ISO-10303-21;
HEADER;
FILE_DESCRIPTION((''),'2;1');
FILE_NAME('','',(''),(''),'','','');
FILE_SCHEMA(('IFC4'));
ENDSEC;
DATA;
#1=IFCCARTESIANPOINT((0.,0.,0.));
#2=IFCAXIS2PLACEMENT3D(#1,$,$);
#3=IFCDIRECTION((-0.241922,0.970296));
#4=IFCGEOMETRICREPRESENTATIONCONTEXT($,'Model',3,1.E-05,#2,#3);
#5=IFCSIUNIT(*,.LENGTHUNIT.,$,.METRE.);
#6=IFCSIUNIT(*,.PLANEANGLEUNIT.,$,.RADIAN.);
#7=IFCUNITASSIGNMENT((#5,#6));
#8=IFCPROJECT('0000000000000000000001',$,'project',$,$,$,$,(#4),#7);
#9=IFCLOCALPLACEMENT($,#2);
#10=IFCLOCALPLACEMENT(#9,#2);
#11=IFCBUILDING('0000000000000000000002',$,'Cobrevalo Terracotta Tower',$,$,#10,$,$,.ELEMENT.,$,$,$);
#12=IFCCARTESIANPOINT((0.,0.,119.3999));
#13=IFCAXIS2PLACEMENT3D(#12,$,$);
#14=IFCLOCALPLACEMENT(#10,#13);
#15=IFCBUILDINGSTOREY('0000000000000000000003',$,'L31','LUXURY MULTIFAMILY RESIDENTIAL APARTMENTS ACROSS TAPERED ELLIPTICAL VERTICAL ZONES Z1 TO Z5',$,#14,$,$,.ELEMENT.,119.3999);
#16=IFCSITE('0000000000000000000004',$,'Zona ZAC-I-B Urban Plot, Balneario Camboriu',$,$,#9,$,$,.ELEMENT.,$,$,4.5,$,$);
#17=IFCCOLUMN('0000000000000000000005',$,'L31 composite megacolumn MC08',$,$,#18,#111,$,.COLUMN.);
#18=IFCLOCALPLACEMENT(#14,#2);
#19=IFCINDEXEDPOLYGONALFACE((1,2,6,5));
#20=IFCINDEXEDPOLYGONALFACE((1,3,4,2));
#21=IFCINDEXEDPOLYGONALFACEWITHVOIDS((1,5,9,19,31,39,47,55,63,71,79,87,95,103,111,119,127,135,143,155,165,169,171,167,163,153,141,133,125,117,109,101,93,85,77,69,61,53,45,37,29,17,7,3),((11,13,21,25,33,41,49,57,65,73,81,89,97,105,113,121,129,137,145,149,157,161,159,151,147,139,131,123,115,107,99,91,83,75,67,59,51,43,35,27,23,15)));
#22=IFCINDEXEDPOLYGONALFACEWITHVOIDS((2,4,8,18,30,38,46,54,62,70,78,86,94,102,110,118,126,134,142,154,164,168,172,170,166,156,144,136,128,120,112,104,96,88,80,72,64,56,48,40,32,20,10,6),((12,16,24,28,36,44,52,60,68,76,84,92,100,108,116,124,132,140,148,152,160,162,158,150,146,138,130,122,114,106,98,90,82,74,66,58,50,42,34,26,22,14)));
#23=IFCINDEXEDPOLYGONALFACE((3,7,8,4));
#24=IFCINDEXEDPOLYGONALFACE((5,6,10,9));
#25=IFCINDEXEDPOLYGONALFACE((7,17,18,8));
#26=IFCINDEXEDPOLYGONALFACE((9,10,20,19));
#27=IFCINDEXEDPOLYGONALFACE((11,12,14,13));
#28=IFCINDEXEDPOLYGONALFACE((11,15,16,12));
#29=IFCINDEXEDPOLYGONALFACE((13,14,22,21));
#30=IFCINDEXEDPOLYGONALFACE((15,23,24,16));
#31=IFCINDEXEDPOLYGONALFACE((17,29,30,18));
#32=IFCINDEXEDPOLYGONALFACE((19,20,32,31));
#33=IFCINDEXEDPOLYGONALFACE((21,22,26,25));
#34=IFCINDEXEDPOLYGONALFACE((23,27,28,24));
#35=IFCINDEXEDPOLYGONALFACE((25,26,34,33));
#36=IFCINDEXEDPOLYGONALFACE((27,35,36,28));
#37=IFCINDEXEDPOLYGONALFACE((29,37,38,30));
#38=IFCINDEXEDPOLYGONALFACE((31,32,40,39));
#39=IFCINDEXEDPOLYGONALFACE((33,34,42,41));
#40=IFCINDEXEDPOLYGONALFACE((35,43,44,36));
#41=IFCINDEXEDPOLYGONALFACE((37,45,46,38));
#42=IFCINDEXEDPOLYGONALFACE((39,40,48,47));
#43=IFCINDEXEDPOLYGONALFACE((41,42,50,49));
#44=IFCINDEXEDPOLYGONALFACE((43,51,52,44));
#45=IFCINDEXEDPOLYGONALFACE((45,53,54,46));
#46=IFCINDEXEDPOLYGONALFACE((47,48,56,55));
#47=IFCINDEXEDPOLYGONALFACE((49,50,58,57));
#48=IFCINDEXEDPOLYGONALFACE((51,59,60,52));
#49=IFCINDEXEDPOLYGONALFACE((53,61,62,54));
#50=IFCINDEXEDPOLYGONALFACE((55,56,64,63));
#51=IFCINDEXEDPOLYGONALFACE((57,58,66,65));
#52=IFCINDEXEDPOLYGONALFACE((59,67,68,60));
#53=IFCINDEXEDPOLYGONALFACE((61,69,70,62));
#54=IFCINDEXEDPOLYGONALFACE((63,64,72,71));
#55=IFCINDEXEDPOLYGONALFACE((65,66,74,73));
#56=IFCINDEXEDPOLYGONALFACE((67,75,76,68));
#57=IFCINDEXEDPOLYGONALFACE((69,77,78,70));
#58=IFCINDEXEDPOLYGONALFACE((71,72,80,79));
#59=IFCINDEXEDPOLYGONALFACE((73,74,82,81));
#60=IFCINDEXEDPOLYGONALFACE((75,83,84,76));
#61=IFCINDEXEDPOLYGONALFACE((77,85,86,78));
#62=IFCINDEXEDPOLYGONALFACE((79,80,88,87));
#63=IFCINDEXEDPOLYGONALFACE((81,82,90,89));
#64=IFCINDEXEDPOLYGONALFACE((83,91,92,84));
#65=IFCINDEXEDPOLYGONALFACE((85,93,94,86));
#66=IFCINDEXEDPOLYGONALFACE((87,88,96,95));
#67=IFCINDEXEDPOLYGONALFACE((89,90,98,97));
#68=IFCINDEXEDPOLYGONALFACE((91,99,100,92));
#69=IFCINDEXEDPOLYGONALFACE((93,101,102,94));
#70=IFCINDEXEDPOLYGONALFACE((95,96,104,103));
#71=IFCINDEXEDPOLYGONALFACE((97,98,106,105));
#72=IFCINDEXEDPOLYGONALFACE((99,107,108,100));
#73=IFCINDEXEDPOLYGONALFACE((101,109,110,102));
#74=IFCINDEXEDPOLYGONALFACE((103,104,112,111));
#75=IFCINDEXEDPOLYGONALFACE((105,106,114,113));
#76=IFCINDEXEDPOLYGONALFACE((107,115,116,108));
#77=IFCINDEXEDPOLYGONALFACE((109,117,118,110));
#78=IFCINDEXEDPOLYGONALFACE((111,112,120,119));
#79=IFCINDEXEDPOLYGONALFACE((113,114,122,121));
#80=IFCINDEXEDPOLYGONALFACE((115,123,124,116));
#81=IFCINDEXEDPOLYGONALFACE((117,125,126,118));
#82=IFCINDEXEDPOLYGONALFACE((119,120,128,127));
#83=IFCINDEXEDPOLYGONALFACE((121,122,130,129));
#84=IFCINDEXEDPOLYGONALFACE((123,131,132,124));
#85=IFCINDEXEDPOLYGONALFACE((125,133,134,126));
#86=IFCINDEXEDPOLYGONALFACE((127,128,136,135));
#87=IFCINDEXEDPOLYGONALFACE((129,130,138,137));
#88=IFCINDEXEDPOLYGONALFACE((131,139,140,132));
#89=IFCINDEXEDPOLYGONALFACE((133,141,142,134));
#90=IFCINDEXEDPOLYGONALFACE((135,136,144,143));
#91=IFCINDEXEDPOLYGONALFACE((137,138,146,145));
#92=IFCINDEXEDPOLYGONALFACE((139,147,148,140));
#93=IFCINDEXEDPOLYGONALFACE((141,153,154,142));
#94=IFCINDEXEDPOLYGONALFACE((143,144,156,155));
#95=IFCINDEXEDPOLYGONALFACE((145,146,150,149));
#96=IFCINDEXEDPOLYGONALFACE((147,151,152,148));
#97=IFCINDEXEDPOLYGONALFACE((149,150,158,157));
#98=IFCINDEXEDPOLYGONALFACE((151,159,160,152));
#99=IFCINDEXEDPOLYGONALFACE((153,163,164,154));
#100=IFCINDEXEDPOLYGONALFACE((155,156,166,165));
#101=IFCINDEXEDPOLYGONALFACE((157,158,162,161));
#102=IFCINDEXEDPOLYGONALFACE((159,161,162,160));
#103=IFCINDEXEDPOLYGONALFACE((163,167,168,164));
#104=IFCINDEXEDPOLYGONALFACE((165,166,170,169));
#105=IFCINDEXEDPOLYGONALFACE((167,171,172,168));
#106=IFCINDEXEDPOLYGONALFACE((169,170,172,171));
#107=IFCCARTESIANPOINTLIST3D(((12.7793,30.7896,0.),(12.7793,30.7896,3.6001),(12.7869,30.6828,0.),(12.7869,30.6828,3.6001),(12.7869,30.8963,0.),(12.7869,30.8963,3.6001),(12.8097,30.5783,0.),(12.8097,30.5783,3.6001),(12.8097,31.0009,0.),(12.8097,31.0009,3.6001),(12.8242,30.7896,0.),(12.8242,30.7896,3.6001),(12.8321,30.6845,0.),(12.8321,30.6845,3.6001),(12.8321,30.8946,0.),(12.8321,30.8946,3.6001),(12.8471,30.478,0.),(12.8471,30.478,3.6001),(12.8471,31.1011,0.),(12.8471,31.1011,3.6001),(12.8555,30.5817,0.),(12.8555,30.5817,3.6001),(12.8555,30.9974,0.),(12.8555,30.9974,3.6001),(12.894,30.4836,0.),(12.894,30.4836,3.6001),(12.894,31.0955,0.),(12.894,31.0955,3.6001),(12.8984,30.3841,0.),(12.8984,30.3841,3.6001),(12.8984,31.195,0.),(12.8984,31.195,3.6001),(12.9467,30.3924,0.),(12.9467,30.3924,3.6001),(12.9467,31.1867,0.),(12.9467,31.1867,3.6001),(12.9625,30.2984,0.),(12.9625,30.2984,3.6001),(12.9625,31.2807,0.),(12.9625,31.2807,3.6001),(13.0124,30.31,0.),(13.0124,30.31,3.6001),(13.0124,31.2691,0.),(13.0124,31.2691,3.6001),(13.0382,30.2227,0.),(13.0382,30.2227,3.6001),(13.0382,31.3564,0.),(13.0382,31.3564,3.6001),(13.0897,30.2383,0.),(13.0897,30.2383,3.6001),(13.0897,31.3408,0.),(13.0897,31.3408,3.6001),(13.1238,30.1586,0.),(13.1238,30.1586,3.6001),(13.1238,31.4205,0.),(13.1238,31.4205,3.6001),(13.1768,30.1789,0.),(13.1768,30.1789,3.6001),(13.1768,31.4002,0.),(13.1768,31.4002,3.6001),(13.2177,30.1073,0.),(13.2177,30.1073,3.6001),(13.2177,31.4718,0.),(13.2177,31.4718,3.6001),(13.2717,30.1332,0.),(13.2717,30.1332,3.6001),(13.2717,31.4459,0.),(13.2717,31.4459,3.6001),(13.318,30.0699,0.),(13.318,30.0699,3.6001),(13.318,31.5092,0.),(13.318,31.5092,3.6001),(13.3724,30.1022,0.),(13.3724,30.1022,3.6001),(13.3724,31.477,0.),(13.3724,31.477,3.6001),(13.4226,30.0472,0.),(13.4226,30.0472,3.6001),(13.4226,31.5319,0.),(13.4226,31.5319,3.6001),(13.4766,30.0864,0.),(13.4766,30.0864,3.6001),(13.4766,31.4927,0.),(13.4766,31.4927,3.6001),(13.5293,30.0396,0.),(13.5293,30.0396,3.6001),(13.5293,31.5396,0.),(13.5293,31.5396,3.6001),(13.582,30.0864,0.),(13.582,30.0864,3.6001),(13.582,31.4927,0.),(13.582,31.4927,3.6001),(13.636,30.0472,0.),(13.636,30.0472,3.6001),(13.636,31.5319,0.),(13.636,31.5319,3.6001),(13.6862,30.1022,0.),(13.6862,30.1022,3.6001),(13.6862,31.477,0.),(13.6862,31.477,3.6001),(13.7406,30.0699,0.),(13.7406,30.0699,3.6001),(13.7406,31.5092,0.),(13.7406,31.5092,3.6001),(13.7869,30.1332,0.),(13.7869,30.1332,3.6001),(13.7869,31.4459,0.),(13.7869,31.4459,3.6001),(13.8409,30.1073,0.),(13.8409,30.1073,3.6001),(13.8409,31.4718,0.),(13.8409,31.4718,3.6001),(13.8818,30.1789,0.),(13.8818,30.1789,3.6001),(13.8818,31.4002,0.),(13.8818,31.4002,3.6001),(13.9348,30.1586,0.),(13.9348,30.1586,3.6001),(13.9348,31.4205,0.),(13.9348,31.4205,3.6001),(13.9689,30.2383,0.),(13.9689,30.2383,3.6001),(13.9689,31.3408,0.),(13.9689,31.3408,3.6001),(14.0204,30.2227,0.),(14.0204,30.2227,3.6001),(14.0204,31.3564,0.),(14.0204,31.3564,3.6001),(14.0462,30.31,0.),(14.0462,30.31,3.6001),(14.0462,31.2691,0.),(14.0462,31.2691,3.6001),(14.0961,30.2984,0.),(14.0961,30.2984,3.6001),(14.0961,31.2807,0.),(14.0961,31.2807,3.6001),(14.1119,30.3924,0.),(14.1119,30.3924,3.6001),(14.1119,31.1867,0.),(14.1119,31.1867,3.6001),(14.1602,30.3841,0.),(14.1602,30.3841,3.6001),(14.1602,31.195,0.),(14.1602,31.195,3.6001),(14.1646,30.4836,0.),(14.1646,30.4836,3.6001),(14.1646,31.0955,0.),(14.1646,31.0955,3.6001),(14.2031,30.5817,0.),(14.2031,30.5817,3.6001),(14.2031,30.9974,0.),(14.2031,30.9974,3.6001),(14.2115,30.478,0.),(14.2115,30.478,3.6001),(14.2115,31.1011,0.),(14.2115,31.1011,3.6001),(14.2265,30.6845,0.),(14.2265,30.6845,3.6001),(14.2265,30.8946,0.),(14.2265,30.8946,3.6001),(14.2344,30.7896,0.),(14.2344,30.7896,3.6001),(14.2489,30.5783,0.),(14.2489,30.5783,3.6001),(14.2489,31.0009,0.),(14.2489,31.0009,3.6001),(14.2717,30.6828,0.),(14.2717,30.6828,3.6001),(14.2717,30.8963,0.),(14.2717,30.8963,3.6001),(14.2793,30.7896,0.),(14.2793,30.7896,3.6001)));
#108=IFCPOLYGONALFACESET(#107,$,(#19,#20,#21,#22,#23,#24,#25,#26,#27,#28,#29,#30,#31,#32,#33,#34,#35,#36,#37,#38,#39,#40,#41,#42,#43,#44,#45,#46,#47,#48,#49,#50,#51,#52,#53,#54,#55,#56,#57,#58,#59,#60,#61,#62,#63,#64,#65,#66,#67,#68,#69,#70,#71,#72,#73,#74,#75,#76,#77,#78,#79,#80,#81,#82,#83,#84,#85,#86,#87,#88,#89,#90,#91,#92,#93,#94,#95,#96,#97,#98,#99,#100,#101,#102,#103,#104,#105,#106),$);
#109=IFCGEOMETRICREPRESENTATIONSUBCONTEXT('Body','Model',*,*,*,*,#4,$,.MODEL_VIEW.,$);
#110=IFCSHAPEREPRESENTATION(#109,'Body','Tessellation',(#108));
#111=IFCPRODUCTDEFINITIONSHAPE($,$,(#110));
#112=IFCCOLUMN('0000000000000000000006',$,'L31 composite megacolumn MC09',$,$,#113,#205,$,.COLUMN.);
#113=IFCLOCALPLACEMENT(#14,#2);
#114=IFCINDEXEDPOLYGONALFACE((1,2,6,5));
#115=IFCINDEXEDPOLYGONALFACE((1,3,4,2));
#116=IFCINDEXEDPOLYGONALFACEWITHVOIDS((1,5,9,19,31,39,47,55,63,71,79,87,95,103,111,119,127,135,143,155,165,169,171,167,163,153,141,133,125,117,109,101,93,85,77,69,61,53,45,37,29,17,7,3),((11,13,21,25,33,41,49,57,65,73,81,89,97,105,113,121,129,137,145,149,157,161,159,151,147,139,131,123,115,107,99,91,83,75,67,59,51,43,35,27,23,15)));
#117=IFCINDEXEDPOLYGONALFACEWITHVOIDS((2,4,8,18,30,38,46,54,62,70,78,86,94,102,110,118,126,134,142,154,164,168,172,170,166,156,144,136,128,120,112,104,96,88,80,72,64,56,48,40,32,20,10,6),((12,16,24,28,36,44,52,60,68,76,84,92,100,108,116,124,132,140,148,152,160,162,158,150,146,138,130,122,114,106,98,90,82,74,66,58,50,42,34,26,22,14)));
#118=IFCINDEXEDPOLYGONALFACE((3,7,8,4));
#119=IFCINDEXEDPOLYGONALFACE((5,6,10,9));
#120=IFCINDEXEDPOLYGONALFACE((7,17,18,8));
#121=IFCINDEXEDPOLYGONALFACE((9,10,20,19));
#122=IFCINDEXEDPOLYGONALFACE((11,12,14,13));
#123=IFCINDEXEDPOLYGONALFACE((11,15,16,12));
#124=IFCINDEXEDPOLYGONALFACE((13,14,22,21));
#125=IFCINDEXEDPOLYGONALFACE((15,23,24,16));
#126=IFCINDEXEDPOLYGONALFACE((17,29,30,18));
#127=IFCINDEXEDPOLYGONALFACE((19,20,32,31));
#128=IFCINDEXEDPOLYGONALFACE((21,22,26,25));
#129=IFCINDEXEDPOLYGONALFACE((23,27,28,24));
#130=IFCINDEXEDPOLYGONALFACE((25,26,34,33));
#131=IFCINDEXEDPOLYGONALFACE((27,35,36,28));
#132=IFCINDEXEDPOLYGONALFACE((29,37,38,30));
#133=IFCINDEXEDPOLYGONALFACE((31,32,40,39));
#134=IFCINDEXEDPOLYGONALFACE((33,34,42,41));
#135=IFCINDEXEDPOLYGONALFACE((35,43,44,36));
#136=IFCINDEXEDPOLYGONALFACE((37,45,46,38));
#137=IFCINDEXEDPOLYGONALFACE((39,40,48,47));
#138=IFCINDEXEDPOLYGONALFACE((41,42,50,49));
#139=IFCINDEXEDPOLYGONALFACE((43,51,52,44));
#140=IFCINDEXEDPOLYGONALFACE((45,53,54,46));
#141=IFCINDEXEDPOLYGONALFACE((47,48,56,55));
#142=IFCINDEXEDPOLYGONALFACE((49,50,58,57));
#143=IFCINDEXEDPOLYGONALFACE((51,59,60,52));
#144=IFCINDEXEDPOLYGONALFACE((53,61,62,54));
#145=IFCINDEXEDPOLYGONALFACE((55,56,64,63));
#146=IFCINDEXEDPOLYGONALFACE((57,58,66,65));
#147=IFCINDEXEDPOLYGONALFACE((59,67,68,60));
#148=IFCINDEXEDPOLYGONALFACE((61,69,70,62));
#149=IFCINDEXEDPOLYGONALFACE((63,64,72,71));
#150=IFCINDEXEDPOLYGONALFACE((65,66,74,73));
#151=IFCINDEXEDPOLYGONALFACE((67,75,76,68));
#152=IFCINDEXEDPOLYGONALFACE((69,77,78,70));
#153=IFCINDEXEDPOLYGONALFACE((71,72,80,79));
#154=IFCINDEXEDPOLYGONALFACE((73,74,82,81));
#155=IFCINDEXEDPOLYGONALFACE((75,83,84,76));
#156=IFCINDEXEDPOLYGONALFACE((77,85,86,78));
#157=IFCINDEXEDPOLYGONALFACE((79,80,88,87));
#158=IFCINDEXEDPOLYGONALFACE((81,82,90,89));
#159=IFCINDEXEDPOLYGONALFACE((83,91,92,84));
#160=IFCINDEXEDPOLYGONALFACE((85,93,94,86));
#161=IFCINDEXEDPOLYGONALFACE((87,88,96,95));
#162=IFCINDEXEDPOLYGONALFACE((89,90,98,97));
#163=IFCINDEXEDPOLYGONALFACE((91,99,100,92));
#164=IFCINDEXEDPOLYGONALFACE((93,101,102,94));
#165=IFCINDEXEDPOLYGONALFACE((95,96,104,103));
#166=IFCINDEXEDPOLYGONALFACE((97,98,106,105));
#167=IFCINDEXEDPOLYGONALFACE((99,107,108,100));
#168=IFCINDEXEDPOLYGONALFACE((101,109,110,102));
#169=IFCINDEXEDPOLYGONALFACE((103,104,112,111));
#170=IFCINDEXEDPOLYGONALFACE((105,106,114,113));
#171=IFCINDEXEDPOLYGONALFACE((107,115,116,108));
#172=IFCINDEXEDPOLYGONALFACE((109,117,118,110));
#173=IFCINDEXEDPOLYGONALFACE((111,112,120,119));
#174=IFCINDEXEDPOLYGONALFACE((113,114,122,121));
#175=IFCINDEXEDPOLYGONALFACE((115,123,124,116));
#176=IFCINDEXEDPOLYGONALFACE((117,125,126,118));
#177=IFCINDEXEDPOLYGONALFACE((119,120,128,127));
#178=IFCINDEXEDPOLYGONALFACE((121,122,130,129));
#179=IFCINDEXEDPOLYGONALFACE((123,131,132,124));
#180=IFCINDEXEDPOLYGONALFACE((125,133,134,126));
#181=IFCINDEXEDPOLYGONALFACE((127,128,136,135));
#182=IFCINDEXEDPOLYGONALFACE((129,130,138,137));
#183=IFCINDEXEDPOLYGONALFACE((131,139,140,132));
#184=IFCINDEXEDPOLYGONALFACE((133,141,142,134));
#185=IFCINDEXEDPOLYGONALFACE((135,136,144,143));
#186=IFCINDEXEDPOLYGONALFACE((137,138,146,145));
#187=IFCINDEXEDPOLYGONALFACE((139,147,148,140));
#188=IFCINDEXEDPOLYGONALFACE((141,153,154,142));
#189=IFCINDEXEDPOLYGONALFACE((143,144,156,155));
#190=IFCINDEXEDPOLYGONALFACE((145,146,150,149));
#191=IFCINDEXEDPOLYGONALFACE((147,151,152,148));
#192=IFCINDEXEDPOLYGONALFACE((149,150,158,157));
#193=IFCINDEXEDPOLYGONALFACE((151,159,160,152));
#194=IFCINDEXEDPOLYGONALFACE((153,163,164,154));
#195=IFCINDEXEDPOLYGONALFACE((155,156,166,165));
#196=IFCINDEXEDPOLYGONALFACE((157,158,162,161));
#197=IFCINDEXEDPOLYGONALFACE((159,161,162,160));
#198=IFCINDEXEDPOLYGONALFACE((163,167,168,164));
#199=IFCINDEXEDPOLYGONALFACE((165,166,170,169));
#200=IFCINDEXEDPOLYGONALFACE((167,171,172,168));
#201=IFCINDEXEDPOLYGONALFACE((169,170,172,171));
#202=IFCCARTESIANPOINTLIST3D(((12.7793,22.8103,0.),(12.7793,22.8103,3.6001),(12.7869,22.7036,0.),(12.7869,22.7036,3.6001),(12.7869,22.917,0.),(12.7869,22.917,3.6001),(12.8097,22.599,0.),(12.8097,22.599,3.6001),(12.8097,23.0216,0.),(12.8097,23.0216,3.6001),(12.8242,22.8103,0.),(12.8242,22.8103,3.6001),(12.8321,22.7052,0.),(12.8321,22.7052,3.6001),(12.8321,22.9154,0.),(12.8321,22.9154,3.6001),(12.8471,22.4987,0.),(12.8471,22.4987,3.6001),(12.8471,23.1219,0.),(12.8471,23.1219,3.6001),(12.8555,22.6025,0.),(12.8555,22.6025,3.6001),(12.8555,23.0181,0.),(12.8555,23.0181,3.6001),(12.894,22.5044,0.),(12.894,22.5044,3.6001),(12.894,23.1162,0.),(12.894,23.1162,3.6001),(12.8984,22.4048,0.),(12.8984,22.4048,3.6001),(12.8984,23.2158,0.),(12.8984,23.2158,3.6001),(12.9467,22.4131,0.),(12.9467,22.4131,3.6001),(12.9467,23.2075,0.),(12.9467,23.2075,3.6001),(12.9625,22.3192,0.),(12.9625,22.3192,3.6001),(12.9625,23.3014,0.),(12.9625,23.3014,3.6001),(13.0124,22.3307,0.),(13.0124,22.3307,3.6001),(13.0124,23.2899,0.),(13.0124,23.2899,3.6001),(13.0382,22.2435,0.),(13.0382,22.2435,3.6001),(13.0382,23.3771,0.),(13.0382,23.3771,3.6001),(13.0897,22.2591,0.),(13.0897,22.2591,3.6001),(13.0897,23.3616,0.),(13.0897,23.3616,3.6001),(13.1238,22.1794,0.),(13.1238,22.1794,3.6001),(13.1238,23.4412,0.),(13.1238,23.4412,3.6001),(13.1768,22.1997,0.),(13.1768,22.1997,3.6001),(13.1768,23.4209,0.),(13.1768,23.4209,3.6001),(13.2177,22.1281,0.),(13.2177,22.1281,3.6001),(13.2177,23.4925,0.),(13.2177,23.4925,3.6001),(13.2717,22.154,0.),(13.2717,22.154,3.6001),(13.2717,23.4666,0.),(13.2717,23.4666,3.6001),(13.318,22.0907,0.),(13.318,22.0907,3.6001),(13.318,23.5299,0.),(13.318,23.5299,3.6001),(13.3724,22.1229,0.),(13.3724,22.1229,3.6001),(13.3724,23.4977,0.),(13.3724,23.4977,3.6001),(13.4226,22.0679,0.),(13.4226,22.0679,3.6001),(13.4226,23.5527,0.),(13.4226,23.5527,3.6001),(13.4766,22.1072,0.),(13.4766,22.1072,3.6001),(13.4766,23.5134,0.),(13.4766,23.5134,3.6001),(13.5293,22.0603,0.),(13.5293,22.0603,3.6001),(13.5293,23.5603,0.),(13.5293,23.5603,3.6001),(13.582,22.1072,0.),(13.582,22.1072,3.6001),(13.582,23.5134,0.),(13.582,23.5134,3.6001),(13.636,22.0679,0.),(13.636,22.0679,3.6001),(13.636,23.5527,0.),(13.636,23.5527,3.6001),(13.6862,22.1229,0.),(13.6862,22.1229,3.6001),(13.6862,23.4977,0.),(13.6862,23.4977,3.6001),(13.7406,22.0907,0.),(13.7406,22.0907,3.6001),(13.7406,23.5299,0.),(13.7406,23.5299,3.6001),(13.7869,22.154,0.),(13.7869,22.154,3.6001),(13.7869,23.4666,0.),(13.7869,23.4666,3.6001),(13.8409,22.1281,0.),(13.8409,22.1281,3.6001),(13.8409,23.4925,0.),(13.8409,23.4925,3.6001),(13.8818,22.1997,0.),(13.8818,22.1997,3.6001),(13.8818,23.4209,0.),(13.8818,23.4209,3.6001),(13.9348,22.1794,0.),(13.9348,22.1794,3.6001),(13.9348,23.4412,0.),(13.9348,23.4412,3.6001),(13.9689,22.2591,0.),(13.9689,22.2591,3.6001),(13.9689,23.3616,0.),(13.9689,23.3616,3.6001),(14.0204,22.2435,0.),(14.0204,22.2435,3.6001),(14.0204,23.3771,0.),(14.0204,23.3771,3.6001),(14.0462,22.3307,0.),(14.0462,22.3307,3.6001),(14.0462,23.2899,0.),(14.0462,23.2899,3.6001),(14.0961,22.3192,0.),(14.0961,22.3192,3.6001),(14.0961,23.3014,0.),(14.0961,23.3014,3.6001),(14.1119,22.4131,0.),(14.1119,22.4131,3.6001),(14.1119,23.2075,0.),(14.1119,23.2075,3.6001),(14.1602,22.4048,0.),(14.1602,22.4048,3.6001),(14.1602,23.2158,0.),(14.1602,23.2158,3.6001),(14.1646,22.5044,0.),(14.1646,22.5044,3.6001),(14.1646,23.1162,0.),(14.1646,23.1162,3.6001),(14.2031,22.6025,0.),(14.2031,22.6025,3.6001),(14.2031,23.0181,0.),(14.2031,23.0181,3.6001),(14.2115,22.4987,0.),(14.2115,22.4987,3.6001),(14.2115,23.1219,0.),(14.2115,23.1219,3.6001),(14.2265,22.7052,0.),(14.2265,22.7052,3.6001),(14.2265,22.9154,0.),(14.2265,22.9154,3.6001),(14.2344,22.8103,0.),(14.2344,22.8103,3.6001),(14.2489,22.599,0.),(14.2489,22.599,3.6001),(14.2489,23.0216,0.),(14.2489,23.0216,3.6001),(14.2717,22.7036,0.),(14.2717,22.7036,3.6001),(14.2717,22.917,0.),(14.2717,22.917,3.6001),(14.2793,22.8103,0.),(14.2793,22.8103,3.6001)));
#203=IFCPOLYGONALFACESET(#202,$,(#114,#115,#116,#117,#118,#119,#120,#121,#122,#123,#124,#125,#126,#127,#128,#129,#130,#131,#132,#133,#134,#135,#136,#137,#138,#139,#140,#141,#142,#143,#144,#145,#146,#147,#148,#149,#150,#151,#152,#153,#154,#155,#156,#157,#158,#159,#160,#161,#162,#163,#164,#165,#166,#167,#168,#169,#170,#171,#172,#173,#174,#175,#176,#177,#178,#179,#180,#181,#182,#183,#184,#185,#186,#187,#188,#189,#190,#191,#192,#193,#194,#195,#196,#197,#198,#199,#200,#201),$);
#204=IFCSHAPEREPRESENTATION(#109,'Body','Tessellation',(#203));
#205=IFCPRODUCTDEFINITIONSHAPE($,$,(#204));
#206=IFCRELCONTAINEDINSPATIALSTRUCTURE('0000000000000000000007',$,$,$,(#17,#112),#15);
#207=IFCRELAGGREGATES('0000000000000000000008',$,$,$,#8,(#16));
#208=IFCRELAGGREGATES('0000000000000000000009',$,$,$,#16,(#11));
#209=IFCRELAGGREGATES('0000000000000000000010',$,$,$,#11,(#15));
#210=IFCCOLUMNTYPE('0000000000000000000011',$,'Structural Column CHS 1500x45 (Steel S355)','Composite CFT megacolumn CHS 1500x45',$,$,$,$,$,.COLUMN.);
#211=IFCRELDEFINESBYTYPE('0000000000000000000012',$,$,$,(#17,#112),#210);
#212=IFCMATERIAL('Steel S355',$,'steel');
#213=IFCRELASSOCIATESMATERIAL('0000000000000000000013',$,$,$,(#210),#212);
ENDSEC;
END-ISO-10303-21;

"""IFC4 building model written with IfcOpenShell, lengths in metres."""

from ifc_helpers import new_model, si_unit, direction, frame, origin, origin_2d, place, context, subcontext, project, spatial, hollow_circle, extrude, material, material_profile, profile_set, type_object, element, save


model = new_model("IFC4")

# Units and contexts
model_context = context("Model", 3, precision=1e-05, world=origin(), true_north=direction((-0.241922, 0.970296)))
body_context = subcontext(model_context, "Body", "Model", "MODEL_VIEW")
ifc_project = project(units=[si_unit("LENGTHUNIT", "METRE"), si_unit("PLANEANGLEUNIT", "RADIAN")], contexts=[model_context])

# Site, building, storey
site_placement = place(None, origin())
site = spatial("IfcSite", under=ifc_project, at=site_placement, Name="Zona ZAC-I-B Urban Plot, Balneario Camboriu", CompositionType="ELEMENT", RefElevation=4.5)
building_placement = place(site_placement, origin())
building = spatial("IfcBuilding", under=site, at=building_placement, Name="Cobrevalo Terracotta Tower", CompositionType="ELEMENT")
storey_placement = place(building_placement, frame((0.0, 0.0, 119.3999)))
storey = spatial("IfcBuildingStorey", under=building, at=storey_placement, Name="L31", Description="LUXURY MULTIFAMILY RESIDENTIAL APARTMENTS ACROSS TAPERED ELLIPTICAL VERTICAL ZONES Z1 TO Z5", CompositionType="ELEMENT", Elevation=119.3999)

# Columns
ifc_material_1 = material(Name="Steel S355", Category="steel")
ifc_material_profile_1 = material_profile(ifc_material_1, hollow_circle(Radius=0.75, WallThickness=0.0449, at=origin_2d()), Name="CHS 1500x45")
ifc_profile_set_1 = profile_set([ifc_material_profile_1], Name="Steel S355")
column_type = type_object("IfcColumnType", Name="Structural Column CHS 1500x45 (Steel S355)", Description="Composite CFT megacolumn CHS 1500x45", PredefinedType="COLUMN", material=ifc_profile_set_1)
for number, where, z_axis, x_axis, name in (
    (1, (13.5293, 30.7896, 0.0), (0.0, 0.0, 1.0), (1.0, 0.0, 0.0), "L31 composite megacolumn MC08"),
    (2, (13.5293, 22.8103, 0.0), (0.0, 0.0, 1.0), (1.0, 0.0, 0.0), "L31 composite megacolumn MC09"),
):
    element("IfcColumn", number, at=place(storey_placement, frame(where, z_axis=z_axis, x_axis=x_axis)), inside=storey, type_object=column_type, Name=name, PredefinedType="COLUMN", context=body_context, shape_type="SweptSolid", body=[
        extrude(hollow_circle(Radius=0.75, WallThickness=0.0449, at=origin_2d()), origin(), (0.0, 0.0, 1.0), 3.6001),
    ])

save(model, "model.ifc")
